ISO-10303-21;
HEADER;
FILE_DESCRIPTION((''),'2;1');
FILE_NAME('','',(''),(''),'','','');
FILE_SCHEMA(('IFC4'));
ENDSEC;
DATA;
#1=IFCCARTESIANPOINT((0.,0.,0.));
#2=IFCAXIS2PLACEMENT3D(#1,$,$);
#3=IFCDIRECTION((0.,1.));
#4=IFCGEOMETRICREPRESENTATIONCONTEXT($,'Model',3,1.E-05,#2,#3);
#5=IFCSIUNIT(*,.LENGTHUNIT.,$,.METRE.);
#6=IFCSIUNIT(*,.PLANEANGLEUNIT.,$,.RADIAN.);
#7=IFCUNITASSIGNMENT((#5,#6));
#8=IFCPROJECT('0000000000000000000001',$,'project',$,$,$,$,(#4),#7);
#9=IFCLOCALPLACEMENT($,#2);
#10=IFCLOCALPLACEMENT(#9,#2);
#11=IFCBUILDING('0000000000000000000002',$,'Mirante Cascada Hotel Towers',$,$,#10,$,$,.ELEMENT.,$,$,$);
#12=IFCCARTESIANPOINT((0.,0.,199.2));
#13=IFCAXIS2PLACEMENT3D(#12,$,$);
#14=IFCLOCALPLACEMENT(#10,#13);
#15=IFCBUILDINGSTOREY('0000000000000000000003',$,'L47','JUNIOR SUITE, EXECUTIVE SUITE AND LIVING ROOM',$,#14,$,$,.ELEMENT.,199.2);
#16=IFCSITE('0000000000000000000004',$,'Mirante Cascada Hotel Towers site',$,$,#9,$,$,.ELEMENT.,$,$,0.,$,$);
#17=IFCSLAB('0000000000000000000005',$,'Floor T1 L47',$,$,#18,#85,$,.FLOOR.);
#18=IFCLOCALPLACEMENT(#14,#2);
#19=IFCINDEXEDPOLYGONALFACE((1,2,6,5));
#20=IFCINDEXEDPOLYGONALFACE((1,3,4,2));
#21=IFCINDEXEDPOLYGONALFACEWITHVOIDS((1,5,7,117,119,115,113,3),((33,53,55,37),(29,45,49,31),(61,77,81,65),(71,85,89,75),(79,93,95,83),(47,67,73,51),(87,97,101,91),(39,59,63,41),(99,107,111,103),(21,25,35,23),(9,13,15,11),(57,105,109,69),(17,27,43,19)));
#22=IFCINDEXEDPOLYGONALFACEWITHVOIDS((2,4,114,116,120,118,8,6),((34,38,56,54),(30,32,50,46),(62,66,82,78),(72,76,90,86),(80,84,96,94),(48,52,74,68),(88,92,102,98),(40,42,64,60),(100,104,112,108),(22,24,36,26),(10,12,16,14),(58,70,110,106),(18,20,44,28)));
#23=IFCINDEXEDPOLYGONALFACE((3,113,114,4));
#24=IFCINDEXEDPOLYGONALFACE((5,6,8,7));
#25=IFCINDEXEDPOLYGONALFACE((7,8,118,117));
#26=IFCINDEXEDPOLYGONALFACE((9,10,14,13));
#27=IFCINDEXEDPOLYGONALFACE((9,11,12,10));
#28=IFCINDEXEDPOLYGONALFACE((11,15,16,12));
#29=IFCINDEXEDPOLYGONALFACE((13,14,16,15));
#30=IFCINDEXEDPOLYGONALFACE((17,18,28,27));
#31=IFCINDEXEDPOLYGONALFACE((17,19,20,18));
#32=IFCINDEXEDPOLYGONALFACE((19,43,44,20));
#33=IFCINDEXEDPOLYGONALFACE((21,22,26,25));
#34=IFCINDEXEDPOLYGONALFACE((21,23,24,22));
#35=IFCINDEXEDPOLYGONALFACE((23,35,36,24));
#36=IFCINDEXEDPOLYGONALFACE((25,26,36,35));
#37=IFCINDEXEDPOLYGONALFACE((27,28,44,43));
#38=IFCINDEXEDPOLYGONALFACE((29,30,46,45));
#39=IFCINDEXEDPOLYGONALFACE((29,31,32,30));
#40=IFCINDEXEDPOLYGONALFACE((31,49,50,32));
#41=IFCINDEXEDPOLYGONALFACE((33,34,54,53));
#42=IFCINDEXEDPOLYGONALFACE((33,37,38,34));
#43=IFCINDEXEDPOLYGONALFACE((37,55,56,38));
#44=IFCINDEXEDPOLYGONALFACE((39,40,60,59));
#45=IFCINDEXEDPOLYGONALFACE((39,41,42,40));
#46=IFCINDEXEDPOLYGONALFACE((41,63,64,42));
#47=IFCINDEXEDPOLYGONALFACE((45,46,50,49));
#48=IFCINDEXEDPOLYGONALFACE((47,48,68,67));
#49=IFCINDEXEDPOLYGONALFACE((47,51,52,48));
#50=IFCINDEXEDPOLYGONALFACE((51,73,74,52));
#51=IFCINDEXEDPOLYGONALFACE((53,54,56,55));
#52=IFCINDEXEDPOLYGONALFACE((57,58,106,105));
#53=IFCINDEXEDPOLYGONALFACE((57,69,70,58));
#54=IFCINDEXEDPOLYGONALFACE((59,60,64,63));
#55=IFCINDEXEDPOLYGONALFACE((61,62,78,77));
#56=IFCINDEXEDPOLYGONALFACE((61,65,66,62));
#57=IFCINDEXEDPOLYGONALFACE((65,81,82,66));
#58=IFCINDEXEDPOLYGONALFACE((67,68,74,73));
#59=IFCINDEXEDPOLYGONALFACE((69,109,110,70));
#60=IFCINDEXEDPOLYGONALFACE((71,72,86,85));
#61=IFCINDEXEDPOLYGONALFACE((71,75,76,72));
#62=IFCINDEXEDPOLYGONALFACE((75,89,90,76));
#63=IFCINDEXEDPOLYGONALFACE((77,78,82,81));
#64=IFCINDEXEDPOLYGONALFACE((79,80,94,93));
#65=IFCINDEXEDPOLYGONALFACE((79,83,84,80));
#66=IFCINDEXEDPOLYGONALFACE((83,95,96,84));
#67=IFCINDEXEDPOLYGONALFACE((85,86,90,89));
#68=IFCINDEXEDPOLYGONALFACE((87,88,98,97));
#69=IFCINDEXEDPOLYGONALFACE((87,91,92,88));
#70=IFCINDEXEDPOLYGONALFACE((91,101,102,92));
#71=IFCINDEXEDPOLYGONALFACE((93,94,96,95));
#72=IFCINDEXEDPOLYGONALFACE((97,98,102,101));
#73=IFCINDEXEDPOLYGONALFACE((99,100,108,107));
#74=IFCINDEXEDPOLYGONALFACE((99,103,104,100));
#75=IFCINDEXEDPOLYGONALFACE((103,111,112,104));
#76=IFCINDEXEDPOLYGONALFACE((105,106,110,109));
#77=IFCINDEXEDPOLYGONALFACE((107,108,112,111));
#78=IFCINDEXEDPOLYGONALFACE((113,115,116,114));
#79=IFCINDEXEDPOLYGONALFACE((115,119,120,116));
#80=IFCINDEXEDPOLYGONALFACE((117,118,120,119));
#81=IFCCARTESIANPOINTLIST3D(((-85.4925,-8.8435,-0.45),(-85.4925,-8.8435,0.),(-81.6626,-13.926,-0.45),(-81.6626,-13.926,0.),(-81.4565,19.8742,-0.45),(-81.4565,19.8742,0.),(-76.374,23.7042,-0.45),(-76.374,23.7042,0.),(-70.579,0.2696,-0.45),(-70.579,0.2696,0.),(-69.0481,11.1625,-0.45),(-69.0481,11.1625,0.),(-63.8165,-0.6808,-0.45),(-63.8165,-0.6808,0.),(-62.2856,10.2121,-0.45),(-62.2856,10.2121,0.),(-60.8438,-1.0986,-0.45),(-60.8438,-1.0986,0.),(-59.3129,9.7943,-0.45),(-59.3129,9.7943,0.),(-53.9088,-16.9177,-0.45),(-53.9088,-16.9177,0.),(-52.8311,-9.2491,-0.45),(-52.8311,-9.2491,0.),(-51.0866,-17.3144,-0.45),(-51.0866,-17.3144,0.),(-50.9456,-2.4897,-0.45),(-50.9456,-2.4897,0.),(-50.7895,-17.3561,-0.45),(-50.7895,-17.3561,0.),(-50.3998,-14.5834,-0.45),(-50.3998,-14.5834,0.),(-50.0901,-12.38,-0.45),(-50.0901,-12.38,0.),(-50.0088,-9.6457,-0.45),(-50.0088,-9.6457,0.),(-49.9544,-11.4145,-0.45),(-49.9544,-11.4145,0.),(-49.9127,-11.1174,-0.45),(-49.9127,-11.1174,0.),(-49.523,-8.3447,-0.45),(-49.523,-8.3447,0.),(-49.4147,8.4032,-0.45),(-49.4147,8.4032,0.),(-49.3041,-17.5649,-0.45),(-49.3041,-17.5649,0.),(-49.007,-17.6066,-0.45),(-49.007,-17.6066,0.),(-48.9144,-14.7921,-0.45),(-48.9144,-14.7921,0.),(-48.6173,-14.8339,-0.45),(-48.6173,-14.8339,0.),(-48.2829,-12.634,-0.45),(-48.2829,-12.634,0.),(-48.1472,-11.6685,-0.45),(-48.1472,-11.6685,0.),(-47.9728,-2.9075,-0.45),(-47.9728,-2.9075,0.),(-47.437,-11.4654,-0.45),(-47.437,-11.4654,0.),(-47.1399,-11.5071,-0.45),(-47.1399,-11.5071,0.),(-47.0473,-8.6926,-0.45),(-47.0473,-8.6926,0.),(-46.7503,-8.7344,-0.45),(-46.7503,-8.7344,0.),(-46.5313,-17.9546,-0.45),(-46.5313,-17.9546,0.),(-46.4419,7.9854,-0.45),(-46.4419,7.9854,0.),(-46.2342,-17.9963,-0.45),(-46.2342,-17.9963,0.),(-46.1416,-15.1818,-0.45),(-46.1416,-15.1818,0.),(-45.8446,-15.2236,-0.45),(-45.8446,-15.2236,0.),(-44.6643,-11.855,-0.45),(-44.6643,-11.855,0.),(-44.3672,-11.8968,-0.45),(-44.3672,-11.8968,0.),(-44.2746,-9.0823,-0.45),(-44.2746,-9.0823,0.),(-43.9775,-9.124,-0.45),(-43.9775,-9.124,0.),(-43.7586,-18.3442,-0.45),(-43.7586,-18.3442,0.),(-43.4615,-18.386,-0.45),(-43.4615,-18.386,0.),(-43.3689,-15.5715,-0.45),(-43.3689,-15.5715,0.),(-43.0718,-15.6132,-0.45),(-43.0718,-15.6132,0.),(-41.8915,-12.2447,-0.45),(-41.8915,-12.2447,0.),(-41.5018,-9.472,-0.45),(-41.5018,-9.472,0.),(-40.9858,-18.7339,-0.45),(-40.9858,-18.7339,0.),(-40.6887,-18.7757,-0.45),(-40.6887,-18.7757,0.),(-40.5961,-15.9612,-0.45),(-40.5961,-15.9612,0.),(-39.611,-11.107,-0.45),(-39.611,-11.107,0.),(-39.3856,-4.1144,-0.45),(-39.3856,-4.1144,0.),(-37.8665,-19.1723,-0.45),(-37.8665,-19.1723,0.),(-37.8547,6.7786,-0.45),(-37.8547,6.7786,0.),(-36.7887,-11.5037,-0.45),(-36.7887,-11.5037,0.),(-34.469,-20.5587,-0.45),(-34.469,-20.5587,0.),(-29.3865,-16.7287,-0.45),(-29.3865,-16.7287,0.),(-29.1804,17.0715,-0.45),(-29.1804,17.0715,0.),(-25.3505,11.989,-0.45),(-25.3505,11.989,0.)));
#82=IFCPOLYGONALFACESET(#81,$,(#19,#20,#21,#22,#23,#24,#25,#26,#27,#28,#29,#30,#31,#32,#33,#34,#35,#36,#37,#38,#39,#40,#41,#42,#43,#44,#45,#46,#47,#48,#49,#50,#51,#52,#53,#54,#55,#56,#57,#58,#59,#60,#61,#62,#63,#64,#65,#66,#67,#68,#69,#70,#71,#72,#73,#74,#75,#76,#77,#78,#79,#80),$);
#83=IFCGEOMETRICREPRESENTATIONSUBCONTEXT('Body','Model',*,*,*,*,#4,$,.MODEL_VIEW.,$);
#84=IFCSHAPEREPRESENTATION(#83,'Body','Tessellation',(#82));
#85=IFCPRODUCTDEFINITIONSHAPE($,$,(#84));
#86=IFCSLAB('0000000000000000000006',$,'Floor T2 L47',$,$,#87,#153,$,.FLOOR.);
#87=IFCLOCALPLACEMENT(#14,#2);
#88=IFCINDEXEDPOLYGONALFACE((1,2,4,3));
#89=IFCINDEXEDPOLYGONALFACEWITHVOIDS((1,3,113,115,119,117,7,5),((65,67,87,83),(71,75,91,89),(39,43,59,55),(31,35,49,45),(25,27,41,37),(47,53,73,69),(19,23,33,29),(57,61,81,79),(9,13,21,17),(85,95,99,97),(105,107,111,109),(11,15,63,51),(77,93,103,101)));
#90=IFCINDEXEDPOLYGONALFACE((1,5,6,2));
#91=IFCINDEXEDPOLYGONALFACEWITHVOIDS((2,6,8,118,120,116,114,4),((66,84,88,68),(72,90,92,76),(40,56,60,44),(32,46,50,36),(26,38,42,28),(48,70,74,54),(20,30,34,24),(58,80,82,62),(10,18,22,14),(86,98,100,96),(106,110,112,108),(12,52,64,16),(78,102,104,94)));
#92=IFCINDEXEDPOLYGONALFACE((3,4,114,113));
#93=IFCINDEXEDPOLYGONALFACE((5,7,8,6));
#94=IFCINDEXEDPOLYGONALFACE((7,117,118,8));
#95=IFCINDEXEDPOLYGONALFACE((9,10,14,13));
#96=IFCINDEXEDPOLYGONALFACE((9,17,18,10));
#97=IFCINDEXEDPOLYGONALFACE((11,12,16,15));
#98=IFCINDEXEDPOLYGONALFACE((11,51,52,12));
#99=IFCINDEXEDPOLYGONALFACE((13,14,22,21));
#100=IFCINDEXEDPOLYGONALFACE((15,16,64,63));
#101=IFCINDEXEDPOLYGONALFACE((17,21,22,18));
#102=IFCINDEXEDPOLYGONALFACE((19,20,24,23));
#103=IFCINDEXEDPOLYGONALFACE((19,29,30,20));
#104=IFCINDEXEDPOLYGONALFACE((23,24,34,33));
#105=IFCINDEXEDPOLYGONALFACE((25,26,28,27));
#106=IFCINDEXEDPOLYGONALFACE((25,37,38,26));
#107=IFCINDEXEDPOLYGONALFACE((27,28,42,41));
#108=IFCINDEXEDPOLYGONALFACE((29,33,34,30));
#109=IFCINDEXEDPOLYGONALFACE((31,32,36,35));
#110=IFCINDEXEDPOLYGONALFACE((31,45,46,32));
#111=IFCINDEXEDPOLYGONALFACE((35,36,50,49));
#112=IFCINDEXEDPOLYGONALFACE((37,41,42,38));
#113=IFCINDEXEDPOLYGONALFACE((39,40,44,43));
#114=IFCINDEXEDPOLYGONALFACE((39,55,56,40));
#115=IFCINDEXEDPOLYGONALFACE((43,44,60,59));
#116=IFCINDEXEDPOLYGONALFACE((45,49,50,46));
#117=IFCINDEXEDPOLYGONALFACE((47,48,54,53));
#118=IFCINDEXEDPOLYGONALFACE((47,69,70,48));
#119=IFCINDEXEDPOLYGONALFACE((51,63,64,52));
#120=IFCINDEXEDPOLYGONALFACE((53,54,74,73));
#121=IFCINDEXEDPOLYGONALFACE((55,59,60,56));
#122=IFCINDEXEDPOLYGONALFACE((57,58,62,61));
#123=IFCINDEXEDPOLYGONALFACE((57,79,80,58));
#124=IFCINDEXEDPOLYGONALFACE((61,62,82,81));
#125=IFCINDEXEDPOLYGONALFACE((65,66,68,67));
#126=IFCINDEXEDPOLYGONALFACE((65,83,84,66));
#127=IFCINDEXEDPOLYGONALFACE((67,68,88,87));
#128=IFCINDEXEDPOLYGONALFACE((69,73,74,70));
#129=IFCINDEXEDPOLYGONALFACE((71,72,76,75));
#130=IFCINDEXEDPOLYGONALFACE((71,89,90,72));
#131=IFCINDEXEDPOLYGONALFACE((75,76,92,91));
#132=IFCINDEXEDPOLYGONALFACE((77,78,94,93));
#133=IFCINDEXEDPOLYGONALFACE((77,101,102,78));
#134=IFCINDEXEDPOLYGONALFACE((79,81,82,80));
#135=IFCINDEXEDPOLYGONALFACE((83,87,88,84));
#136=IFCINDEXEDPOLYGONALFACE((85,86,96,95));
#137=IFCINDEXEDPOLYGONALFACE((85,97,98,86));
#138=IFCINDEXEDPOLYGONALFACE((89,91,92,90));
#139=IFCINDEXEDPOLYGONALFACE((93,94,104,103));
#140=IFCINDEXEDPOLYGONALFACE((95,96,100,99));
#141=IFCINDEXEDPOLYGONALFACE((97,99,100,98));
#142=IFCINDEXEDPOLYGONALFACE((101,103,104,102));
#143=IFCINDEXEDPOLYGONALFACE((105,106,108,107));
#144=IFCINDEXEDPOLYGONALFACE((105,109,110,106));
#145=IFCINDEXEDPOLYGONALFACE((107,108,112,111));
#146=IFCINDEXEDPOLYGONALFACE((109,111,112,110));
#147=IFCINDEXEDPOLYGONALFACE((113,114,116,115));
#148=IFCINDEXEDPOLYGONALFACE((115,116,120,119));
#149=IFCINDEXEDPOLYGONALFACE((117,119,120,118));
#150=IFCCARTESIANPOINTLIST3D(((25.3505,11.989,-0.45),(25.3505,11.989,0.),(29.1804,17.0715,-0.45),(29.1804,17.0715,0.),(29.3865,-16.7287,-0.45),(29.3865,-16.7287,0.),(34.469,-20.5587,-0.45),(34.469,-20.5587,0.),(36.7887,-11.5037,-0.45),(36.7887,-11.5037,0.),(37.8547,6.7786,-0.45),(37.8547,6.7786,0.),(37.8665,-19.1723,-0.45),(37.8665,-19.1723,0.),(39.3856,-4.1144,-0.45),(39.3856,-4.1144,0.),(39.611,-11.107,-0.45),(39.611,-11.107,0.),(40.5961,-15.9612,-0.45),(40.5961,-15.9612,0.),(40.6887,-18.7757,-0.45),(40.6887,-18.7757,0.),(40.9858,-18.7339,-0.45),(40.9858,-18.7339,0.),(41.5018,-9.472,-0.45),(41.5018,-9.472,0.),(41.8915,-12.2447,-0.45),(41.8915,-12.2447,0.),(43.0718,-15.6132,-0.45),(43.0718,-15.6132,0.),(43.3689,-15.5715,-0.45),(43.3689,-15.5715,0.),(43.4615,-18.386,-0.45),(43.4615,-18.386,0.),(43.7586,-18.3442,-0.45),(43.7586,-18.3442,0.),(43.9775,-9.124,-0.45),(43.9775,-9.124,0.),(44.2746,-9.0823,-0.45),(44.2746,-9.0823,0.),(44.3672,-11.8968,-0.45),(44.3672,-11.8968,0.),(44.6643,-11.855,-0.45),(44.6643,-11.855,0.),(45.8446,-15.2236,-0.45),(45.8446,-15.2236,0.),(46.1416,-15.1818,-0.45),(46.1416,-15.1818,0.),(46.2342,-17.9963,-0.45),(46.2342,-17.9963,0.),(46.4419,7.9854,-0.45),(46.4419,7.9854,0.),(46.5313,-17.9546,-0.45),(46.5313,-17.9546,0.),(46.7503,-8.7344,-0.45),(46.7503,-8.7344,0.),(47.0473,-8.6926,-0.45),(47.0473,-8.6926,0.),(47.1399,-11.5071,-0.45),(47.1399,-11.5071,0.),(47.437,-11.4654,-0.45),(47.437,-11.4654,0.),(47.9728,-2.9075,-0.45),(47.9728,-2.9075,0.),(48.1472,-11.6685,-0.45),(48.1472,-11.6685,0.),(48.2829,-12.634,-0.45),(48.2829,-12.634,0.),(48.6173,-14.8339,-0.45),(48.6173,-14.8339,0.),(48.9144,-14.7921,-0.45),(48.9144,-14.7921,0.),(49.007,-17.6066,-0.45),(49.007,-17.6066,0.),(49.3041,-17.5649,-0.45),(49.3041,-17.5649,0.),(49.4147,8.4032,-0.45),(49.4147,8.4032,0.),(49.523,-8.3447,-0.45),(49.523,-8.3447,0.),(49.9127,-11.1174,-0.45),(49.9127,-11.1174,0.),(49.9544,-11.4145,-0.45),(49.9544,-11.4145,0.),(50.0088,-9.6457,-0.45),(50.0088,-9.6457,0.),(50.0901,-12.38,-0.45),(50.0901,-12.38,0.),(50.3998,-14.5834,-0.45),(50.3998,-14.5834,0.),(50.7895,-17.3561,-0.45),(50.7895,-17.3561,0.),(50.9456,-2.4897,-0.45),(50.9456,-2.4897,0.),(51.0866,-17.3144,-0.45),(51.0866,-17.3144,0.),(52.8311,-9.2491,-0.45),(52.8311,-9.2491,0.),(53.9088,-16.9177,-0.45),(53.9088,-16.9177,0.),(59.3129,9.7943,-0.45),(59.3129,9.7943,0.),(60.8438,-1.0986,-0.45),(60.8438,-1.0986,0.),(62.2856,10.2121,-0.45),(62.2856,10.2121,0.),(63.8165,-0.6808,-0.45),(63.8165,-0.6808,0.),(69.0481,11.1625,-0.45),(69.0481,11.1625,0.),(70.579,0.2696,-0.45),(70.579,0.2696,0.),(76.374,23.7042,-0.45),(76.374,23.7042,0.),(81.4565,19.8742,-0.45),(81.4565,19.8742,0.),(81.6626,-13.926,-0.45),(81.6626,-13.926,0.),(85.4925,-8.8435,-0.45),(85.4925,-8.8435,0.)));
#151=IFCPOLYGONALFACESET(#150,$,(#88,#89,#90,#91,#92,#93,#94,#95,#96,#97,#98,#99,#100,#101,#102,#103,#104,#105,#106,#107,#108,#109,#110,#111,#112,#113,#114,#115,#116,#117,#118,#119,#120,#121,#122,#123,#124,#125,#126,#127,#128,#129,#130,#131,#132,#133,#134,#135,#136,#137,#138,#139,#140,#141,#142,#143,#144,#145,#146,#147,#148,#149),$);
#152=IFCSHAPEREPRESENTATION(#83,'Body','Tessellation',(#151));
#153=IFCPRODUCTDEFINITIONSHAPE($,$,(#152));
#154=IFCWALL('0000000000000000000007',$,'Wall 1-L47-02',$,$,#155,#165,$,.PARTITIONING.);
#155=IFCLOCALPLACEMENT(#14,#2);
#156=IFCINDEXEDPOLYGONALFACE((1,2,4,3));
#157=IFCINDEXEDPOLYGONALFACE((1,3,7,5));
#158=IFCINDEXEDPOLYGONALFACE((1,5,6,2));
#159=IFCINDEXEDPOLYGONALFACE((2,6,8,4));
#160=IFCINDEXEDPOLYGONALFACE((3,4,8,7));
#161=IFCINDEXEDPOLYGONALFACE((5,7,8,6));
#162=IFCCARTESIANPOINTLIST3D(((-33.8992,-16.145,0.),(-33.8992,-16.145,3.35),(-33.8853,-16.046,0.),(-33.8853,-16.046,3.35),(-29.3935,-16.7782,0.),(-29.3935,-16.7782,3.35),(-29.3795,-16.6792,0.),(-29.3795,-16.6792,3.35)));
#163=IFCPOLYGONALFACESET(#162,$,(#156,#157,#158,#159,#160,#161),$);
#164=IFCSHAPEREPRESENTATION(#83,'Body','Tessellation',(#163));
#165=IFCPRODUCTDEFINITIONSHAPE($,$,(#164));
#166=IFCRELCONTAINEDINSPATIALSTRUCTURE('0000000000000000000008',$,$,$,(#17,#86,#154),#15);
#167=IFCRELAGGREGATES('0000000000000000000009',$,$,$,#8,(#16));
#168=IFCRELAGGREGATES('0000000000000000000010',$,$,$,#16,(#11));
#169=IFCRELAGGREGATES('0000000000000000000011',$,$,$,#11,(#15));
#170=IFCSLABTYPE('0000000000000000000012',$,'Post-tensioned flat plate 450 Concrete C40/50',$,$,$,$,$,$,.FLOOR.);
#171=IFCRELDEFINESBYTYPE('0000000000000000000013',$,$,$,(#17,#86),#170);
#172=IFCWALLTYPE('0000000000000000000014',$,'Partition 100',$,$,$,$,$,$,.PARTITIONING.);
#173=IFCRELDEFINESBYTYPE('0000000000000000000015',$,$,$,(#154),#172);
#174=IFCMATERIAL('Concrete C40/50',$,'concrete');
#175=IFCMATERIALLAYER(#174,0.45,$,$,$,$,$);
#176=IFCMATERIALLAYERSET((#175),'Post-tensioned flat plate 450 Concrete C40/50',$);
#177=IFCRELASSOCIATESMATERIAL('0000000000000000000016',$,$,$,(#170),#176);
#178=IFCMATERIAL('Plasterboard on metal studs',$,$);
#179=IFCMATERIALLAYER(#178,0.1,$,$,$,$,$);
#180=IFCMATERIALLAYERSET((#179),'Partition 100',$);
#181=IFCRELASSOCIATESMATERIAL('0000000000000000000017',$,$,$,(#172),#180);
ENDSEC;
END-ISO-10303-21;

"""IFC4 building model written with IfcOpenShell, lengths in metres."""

from ifc_helpers import new_model, si_unit, direction, frame, frame_2d, origin, place, context, subcontext, project, spatial, polyline, rectangle, outline, extrude, material, layer, layer_set, type_object, element, save


model = new_model("IFC4")

# Units and contexts
model_context = context("Model", 3, precision=1e-05, world=origin(), true_north=direction((0.0, 1.0)))
body_context = subcontext(model_context, "Body", "Model", "MODEL_VIEW")
ifc_project = project(units=[si_unit("LENGTHUNIT", "METRE"), si_unit("PLANEANGLEUNIT", "RADIAN")], contexts=[model_context])

# Site, building, storey
site_placement = place(None, origin())
site = spatial("IfcSite", under=ifc_project, at=site_placement, Name="Mirante Cascada Hotel Towers site", CompositionType="ELEMENT", RefElevation=0.0)
building_placement = place(site_placement, origin())
building = spatial("IfcBuilding", under=site, at=building_placement, Name="Mirante Cascada Hotel Towers", CompositionType="ELEMENT")
storey_placement = place(building_placement, frame((0.0, 0.0, 199.2)))
storey = spatial("IfcBuildingStorey", under=building, at=storey_placement, Name="L47", Description="JUNIOR SUITE, EXECUTIVE SUITE AND LIVING ROOM", CompositionType="ELEMENT", Elevation=199.2)

# Slabs
ifc_material_1 = material(Name="Concrete C40/50", Category="concrete")
ifc_layer_1 = layer(ifc_material_1, 0.45)
ifc_layer_set_1 = layer_set([ifc_layer_1], Name="Post-tensioned flat plate 450 Concrete C40/50")
slab_type = type_object("IfcSlabType", Name="Post-tensioned flat plate 450 Concrete C40/50", PredefinedType="FLOOR", material=ifc_layer_set_1)
slab_1_placement = place(storey_placement, frame((0.0, 0.0, -0.45)))
element("IfcSlab", 1, at=slab_1_placement, inside=storey, type_object=slab_type, Name="Floor T1 L47", PredefinedType="FLOOR", context=body_context, shape_type="SweptSolid", body=[
    extrude(outline(polyline([(-29.3865, -16.7287), (-25.3505, 11.989), (-29.1804, 17.0715), (-76.374, 23.7042), (-81.4565, 19.8742), (-85.4925, -8.8435), (-81.6626, -13.926), (-34.469, -20.5587), (-29.3865, -16.7287)]), holes=[polyline([(-40.5961, -15.9612), (-40.9858, -18.7339), (-43.4615, -18.386), (-43.0718, -15.6132), (-40.5961, -15.9612)]), polyline([(-43.3689, -15.5715), (-43.7586, -18.3442), (-46.2342, -17.9963), (-45.8446, -15.2236), (-43.3689, -15.5715)]), polyline([(-46.1416, -15.1818), (-46.5313, -17.9546), (-49.007, -17.6066), (-48.6173, -14.8339), (-46.1416, -15.1818)]), polyline([(-36.7887, -11.5037), (-37.8665, -19.1723), (-40.6887, -18.7757), (-39.611, -11.107), (-36.7887, -11.5037)]), polyline([(-43.9775, -9.124), (-41.5018, -9.472), (-41.8915, -12.2447), (-44.3672, -11.8968), (-43.9775, -9.124)]), polyline([(-44.2746, -9.0823), (-44.6643, -11.855), (-47.1399, -11.5071), (-46.7503, -8.7344), (-44.2746, -9.0823)]), polyline([(-50.3998, -14.5834), (-48.9144, -14.7921), (-49.3041, -17.5649), (-50.7895, -17.3561), (-50.3998, -14.5834)]), polyline([(-50.0088, -9.6457), (-51.0866, -17.3144), (-53.9088, -16.9177), (-52.8311, -9.2491), (-50.0088, -9.6457)]), polyline([(-48.1472, -11.6685), (-48.2829, -12.634), (-50.0901, -12.38), (-49.9544, -11.4145), (-48.1472, -11.6685)]), polyline([(-49.523, -8.3447), (-47.0473, -8.6926), (-47.437, -11.4654), (-49.9127, -11.1174), (-49.523, -8.3447)]), polyline([(-62.2856, 10.2121), (-62.2856, 10.2121), (-63.8165, -0.6808), (-63.8165, -0.6808), (-70.579, 0.2696), (-69.0481, 11.1625), (-62.2856, 10.2121)]), polyline([(-49.4147, 8.4032), (-50.9456, -2.4897), (-50.9456, -2.4897), (-60.8438, -1.0986), (-60.8438, -1.0986), (-59.3129, 9.7943), (-59.3129, 9.7943), (-49.4147, 8.4032)]), polyline([(-37.8547, 6.7786), (-39.3856, -4.1144), (-47.9728, -2.9075), (-47.9728, -2.9075), (-46.4419, 7.9854), (-37.8547, 6.7786)])]), origin(), (0.0, 0.0, 1.0), 0.45),
])
slab_2_placement = place(storey_placement, frame((0.0, 0.0, -0.45)))
element("IfcSlab", 2, at=slab_2_placement, inside=storey, type_object=slab_type, Name="Floor T2 L47", PredefinedType="FLOOR", context=body_context, shape_type="SweptSolid", body=[
    extrude(outline(polyline([(29.3865, -16.7287), (25.3505, 11.989), (29.1804, 17.0715), (76.374, 23.7042), (81.4565, 19.8742), (85.4925, -8.8435), (81.6626, -13.926), (34.469, -20.5587), (29.3865, -16.7287)]), holes=[polyline([(40.5961, -15.9612), (40.9858, -18.7339), (43.4615, -18.386), (43.0718, -15.6132), (40.5961, -15.9612)]), polyline([(43.3689, -15.5715), (43.7586, -18.3442), (46.2342, -17.9963), (45.8446, -15.2236), (43.3689, -15.5715)]), polyline([(46.1416, -15.1818), (46.5313, -17.9546), (49.007, -17.6066), (48.6173, -14.8339), (46.1416, -15.1818)]), polyline([(37.8665, -19.1723), (40.6887, -18.7757), (39.611, -11.107), (36.7887, -11.5037), (37.8665, -19.1723)]), polyline([(43.9775, -9.124), (41.5018, -9.472), (41.8915, -12.2447), (44.3672, -11.8968), (43.9775, -9.124)]), polyline([(44.2746, -9.0823), (44.6643, -11.855), (47.1399, -11.5071), (46.7503, -8.7344), (44.2746, -9.0823)]), polyline([(50.3998, -14.5834), (48.9144, -14.7921), (49.3041, -17.5649), (50.7895, -17.3561), (50.3998, -14.5834)]), polyline([(51.0866, -17.3144), (53.9088, -16.9177), (52.8311, -9.2491), (50.0088, -9.6457), (51.0866, -17.3144)]), polyline([(48.1472, -11.6685), (48.2829, -12.634), (50.0901, -12.38), (49.9544, -11.4145), (48.1472, -11.6685)]), polyline([(49.523, -8.3447), (47.0473, -8.6926), (47.437, -11.4654), (49.9127, -11.1174), (49.523, -8.3447)]), polyline([(69.0481, 11.1625), (70.579, 0.2696), (63.8165, -0.6808), (63.8165, -0.6808), (62.2856, 10.2121), (62.2856, 10.2121), (69.0481, 11.1625)]), polyline([(59.3129, 9.7943), (59.3129, 9.7943), (60.8438, -1.0986), (60.8438, -1.0986), (50.9456, -2.4897), (50.9456, -2.4897), (49.4147, 8.4032), (59.3129, 9.7943)]), polyline([(39.3856, -4.1144), (37.8547, 6.7786), (46.4419, 7.9854), (47.9728, -2.9075), (47.9728, -2.9075), (39.3856, -4.1144)])]), origin(), (0.0, 0.0, 1.0), 0.45),
])

# Wall
ifc_material_2 = material(Name="Plasterboard on metal studs")
ifc_layer_2 = layer(ifc_material_2, 0.1)
ifc_layer_set_2 = layer_set([ifc_layer_2], Name="Partition 100")
wall_type_1 = type_object("IfcWallType", Name="Partition 100", PredefinedType="PARTITIONING", material=ifc_layer_set_2)
wall_1_placement = place(storey_placement, frame((-29.3865, -16.7287, 0.0), z_axis=(0.0, 0.0, 1.0), x_axis=(-0.990269, 0.139166, 0.0)))
element("IfcWall", 3, at=wall_1_placement, inside=storey, type_object=wall_type_1, Name="Wall 1-L47-02", PredefinedType="PARTITIONING", context=body_context, shape_type="SweptSolid", body=[
    extrude(rectangle(XDim=4.55, YDim=0.1, at=frame_2d((2.275, 0.0))), origin(), (0.0, 0.0, 1.0), 3.35),
])

save(model, "model.ifc")
